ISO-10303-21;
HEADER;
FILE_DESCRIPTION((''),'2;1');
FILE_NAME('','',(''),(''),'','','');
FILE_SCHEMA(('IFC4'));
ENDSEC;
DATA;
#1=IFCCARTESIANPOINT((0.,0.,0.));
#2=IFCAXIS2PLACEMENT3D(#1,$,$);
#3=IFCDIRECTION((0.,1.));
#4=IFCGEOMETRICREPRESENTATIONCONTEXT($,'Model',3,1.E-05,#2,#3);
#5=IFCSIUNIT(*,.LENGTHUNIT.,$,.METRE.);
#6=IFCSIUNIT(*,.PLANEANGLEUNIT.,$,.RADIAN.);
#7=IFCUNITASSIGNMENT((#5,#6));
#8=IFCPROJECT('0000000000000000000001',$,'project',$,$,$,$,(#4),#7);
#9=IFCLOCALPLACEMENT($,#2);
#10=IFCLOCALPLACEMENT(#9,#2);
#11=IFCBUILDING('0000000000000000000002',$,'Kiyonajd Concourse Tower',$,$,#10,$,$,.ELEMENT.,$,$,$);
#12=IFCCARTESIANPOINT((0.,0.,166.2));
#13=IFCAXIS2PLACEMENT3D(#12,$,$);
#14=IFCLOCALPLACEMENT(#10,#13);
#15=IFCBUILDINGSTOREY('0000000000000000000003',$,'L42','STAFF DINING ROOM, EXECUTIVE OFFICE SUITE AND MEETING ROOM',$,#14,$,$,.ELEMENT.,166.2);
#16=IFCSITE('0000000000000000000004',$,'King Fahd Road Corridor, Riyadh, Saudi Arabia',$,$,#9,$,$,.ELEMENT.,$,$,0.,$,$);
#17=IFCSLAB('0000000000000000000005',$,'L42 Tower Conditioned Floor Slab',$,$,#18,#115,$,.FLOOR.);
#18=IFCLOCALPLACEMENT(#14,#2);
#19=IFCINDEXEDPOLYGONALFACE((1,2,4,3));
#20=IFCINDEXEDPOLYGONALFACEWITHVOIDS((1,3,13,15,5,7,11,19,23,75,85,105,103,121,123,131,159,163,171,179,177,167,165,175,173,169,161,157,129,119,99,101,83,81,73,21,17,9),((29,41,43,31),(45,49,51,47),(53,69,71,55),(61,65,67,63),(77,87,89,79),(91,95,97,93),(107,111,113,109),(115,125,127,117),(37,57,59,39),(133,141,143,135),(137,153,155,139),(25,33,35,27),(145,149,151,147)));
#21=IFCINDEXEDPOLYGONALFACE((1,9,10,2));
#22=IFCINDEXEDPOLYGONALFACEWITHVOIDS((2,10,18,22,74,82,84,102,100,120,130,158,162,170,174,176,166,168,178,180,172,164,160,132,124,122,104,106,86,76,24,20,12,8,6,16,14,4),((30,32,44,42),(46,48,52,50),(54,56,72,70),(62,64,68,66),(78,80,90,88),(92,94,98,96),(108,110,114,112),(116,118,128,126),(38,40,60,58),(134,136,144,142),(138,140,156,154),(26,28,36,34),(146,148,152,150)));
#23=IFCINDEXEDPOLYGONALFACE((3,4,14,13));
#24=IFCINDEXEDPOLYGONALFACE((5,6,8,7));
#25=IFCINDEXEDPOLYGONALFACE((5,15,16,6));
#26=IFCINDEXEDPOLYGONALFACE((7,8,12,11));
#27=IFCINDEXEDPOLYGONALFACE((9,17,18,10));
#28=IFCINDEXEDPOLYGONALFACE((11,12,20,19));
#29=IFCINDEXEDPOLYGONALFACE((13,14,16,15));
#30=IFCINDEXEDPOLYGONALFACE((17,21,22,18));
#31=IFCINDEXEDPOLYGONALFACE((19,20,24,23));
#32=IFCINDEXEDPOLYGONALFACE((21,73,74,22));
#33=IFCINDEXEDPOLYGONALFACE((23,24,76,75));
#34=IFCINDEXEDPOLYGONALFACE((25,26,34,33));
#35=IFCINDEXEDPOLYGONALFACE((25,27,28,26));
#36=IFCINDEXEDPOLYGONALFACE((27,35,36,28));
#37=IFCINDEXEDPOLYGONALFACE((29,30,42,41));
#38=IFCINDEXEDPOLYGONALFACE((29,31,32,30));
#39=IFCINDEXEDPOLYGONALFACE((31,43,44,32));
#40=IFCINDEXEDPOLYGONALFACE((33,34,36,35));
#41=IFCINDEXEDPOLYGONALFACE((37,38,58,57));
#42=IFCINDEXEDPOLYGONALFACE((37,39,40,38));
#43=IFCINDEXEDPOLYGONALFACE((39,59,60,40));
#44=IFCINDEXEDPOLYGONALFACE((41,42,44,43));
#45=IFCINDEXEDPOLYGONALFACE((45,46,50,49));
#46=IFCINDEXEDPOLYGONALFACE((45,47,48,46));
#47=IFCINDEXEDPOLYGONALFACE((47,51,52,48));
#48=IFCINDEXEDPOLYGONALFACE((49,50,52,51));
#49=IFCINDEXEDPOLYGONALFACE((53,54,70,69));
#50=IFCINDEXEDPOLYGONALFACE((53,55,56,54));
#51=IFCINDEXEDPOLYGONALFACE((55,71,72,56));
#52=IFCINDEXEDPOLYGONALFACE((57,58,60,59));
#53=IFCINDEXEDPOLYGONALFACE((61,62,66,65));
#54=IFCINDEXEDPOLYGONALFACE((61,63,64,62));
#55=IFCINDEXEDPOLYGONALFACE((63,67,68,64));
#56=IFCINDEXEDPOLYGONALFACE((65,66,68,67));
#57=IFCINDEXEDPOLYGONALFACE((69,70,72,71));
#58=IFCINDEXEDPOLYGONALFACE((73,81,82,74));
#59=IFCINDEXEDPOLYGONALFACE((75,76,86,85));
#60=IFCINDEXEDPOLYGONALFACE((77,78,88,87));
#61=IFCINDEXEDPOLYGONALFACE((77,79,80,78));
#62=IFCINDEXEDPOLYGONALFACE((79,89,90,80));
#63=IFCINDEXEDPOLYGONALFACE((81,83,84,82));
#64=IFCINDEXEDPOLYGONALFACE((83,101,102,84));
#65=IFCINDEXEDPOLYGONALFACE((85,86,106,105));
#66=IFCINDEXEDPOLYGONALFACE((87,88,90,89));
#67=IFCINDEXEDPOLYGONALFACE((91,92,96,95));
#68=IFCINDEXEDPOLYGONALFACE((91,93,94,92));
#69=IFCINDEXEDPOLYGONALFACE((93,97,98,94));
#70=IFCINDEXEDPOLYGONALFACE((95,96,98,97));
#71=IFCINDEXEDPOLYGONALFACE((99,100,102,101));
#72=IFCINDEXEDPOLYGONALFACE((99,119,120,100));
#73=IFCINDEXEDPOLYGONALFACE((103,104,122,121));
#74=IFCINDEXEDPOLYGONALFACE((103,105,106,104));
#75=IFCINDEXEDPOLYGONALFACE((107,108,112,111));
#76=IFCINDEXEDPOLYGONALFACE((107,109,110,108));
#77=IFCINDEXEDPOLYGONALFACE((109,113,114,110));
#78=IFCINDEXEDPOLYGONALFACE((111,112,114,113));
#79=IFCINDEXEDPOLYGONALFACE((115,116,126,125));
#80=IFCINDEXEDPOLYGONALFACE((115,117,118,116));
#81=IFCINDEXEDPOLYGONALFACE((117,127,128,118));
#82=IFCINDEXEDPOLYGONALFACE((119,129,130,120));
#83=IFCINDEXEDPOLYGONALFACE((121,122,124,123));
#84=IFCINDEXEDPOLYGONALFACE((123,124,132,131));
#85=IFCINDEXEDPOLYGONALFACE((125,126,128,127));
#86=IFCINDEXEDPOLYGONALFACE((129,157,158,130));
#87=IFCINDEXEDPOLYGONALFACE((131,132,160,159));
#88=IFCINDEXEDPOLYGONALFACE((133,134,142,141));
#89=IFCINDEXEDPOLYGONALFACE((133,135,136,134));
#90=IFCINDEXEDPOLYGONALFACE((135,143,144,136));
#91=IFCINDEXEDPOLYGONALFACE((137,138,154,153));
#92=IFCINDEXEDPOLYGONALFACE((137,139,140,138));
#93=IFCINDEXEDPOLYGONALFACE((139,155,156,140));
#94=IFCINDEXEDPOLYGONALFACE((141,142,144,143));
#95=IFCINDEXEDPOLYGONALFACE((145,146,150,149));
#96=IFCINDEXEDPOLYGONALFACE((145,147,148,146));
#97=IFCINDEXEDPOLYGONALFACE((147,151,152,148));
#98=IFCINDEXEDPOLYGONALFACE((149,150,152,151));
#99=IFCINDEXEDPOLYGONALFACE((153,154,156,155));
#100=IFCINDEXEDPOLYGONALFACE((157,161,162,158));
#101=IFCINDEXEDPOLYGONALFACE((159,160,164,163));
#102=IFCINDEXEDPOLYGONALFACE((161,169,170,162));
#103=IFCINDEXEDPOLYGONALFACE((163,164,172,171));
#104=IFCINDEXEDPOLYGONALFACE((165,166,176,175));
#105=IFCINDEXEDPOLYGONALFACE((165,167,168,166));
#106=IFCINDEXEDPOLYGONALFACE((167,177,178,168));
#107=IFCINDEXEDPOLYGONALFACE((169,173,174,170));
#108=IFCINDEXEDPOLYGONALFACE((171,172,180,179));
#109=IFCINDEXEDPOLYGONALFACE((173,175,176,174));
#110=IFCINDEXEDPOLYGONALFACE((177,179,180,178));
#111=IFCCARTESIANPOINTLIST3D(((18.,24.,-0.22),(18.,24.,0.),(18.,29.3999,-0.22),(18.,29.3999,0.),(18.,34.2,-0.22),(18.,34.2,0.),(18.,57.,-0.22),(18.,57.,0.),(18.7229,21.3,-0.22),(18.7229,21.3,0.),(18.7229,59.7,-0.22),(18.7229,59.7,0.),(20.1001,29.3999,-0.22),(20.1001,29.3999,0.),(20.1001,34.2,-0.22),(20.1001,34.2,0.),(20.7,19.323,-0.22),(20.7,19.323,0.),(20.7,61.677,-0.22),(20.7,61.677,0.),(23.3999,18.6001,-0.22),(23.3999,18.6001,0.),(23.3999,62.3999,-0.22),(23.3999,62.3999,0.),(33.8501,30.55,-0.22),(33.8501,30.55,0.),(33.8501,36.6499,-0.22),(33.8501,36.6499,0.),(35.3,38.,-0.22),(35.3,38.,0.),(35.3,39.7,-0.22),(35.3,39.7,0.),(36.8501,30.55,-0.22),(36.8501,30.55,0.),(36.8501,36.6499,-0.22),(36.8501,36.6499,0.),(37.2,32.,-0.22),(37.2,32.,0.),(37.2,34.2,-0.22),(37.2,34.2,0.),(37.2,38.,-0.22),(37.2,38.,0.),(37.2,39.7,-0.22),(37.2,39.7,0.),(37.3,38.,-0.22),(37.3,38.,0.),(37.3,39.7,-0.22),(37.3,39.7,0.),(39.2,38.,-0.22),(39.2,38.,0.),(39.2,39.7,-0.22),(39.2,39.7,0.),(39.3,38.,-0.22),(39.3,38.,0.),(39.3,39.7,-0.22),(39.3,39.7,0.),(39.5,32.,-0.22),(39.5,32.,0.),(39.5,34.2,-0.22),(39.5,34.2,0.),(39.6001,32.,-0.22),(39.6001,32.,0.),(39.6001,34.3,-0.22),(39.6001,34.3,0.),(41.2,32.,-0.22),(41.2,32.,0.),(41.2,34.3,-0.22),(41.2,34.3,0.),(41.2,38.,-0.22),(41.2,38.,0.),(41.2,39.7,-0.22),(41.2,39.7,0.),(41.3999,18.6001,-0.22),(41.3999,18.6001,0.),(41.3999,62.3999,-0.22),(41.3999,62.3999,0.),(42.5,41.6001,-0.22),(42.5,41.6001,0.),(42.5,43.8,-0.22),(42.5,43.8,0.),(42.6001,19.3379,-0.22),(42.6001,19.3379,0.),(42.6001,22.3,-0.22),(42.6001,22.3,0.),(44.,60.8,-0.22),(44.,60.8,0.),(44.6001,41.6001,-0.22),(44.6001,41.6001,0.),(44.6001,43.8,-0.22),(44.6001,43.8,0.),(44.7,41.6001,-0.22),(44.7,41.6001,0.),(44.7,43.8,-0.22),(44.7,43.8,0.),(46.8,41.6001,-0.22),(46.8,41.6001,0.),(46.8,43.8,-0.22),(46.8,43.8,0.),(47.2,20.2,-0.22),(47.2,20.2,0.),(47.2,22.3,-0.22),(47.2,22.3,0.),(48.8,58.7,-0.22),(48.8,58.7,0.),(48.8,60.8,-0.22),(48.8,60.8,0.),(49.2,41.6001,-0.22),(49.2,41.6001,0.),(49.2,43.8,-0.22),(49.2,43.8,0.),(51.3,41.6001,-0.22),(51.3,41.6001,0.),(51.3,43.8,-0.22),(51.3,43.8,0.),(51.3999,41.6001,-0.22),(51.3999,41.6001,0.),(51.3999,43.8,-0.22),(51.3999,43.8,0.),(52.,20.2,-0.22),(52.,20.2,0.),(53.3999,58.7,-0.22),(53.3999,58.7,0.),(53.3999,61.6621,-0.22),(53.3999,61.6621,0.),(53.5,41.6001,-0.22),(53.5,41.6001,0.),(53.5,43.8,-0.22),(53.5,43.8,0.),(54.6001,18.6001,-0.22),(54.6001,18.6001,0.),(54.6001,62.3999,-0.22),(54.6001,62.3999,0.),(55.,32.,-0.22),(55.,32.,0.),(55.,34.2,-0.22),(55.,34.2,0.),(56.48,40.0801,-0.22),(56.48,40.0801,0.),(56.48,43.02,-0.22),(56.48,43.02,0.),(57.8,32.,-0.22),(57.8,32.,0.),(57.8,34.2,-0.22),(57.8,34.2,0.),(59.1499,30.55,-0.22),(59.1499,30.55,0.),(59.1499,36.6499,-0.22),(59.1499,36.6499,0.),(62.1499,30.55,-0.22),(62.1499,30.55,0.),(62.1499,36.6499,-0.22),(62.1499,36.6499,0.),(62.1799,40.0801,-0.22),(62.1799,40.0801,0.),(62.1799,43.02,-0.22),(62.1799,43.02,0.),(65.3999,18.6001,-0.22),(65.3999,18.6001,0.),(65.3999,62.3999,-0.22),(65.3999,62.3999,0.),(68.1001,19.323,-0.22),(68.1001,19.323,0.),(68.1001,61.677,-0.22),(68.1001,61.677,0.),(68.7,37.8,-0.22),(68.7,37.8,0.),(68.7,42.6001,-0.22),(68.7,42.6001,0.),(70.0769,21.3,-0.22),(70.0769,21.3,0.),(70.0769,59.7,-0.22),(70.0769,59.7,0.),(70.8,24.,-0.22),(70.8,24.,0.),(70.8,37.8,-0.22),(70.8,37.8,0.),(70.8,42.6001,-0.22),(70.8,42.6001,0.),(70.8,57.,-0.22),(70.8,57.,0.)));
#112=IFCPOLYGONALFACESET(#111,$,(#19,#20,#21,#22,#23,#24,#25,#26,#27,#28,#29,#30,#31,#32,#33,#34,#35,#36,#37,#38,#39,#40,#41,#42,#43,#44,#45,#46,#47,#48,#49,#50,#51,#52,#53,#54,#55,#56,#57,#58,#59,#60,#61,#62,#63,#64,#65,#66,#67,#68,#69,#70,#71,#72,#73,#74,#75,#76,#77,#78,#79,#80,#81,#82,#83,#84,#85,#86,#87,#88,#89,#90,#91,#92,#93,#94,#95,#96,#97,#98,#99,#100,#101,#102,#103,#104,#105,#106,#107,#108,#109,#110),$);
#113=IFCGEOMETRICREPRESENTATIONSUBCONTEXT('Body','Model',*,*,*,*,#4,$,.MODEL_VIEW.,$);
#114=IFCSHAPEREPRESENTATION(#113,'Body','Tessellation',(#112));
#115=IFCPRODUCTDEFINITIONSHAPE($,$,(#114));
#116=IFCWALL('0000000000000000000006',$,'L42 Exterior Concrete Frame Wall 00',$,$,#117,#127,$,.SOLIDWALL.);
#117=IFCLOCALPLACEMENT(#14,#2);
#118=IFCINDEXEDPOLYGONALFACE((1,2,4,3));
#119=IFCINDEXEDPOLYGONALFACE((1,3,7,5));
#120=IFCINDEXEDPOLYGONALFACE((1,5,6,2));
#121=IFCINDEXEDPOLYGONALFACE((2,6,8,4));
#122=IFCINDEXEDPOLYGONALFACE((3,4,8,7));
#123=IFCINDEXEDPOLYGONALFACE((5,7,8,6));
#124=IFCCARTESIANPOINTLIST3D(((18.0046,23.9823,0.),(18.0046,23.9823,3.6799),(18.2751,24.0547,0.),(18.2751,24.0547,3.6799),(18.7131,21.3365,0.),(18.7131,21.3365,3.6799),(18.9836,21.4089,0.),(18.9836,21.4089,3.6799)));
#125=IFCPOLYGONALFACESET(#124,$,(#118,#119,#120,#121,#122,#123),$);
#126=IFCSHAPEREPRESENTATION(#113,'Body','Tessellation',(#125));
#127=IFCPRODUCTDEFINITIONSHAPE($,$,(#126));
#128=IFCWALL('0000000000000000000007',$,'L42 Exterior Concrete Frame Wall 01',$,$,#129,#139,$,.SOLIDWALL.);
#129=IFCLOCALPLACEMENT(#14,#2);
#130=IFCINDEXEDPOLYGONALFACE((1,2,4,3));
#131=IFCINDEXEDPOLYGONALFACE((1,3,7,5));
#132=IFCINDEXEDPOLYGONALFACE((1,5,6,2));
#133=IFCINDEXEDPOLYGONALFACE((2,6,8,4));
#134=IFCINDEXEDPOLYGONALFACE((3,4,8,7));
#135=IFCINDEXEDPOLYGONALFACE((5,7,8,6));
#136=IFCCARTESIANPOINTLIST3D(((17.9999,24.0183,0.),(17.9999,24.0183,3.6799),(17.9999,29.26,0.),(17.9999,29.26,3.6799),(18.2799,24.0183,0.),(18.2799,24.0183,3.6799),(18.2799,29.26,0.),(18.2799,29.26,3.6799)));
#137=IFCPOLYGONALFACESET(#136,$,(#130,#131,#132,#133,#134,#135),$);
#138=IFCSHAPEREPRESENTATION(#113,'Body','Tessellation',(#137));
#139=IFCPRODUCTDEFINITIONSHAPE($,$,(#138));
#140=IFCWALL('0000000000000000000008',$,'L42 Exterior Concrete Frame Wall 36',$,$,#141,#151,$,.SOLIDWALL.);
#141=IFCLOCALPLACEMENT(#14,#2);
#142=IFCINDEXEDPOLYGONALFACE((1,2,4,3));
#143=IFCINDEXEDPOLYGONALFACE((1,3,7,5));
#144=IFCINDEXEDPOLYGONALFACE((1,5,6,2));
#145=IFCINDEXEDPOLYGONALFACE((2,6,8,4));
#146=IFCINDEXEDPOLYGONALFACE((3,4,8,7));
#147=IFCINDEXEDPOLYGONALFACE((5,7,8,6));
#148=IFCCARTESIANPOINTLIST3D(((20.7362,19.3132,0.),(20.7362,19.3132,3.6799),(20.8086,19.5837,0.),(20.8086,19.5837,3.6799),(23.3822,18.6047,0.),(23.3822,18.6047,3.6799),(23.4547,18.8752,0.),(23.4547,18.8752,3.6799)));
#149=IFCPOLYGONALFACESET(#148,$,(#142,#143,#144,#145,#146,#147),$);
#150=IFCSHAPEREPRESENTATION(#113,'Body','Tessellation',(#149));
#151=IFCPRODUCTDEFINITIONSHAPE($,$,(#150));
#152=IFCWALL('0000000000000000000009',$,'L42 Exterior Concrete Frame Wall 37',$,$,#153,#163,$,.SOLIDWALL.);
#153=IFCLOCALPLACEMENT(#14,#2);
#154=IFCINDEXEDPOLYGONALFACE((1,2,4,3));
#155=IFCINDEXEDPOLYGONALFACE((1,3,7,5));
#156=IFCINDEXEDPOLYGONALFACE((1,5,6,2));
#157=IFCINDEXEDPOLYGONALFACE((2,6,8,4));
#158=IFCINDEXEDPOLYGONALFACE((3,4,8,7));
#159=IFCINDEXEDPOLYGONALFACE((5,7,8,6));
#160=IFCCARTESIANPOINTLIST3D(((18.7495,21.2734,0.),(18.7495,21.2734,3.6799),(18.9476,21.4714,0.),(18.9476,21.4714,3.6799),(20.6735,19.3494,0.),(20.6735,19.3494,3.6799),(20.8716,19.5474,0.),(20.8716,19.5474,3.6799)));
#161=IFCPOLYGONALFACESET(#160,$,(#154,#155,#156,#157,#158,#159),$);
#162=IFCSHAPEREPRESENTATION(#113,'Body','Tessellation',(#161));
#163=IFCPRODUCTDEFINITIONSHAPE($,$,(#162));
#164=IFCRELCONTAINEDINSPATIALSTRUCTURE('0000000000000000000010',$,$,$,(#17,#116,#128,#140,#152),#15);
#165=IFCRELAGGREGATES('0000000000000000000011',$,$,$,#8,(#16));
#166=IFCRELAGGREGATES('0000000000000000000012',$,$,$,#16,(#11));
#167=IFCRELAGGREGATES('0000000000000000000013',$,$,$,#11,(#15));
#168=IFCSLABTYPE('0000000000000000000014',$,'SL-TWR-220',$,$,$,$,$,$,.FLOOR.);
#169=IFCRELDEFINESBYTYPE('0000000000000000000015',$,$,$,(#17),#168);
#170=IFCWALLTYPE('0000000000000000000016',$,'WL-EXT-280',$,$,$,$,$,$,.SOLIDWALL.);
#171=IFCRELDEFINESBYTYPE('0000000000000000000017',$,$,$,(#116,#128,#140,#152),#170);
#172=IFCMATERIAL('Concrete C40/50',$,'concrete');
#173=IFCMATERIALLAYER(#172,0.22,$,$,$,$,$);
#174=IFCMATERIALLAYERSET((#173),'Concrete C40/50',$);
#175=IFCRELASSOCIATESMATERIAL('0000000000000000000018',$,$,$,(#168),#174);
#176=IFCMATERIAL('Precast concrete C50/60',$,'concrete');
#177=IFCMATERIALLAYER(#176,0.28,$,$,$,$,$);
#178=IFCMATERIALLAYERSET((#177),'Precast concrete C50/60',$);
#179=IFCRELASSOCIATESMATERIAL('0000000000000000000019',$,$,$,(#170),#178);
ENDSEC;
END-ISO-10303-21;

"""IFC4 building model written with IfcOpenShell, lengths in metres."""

from ifc_helpers import new_model, si_unit, direction, frame, frame_2d, origin, place, context, subcontext, project, spatial, polyline, rectangle, outline, extrude, material, layer, layer_set, type_object, element, save


model = new_model("IFC4")

# Units and contexts
model_context = context("Model", 3, precision=1e-05, world=origin(), true_north=direction((0.0, 1.0)))
body_context = subcontext(model_context, "Body", "Model", "MODEL_VIEW")
ifc_project = project(units=[si_unit("LENGTHUNIT", "METRE"), si_unit("PLANEANGLEUNIT", "RADIAN")], contexts=[model_context])

# Site, building, storey
site_placement = place(None, origin())
site = spatial("IfcSite", under=ifc_project, at=site_placement, Name="King Fahd Road Corridor, Riyadh, Saudi Arabia", CompositionType="ELEMENT", RefElevation=0.0)
building_placement = place(site_placement, origin())
building = spatial("IfcBuilding", under=site, at=building_placement, Name="Kiyonajd Concourse Tower", CompositionType="ELEMENT")
storey_placement = place(building_placement, frame((0.0, 0.0, 166.2)))
storey = spatial("IfcBuildingStorey", under=building, at=storey_placement, Name="L42", Description="STAFF DINING ROOM, EXECUTIVE OFFICE SUITE AND MEETING ROOM", CompositionType="ELEMENT", Elevation=166.2)

# Shared definitions
ifc_material_1 = material(Name="Concrete C40/50", Category="concrete")

# Slab
ifc_material_2 = material(Name="Precast concrete C50/60", Category="concrete")
ifc_layer_1 = layer(ifc_material_1, 0.22)
ifc_layer_set_1 = layer_set([ifc_layer_1], Name="Concrete C40/50")
slab_type_1 = type_object("IfcSlabType", Name="SL-TWR-220", PredefinedType="FLOOR", material=ifc_layer_set_1)
slab_1_placement = place(storey_placement, frame((0.0, 0.0, -0.22)))
element("IfcSlab", 1, at=slab_1_placement, inside=storey, type_object=slab_type_1, Name="L42 Tower Conditioned Floor Slab", PredefinedType="FLOOR", context=body_context, shape_type="SweptSolid", body=[
    extrude(outline(polyline([(18.7229, 21.3), (18.0, 24.0), (18.0, 29.3999), (20.1001, 29.3999), (20.1001, 34.2), (18.0, 34.2), (18.0, 57.0), (18.7229, 59.7), (20.7, 61.677), (23.3999, 62.3999), (41.3999, 62.3999), (44.0, 60.8), (48.8, 60.8), (48.8, 58.7), (53.3999, 58.7), (53.3999, 61.6621), (54.6001, 62.3999), (65.3999, 62.3999), (68.1001, 61.677), (70.0769, 59.7), (70.8, 57.0), (70.8, 42.6001), (68.7, 42.6001), (68.7, 37.8), (70.8, 37.8), (70.8, 24.0), (70.0769, 21.3), (68.1001, 19.323), (65.3999, 18.6001), (54.6001, 18.6001), (52.0, 20.2), (47.2, 20.2), (47.2, 22.3), (42.6001, 22.3), (42.6001, 19.3379), (41.3999, 18.6001), (23.3999, 18.6001), (20.7, 19.323), (18.7229, 21.3)]), holes=[polyline([(39.5, 32.0), (37.2, 32.0), (37.2, 34.2), (39.5, 34.2), (39.5, 32.0)]), polyline([(39.6001, 32.0), (39.6001, 34.3), (41.2, 34.3), (41.2, 32.0), (39.6001, 32.0)]), polyline([(33.8501, 30.55), (33.8501, 36.6499), (36.8501, 36.6499), (36.8501, 30.55), (33.8501, 30.55)]), polyline([(37.2, 38.0), (35.3, 38.0), (35.3, 39.7), (37.2, 39.7), (37.2, 38.0)]), polyline([(37.3, 38.0), (37.3, 39.7), (39.2, 39.7), (39.2, 38.0), (37.3, 38.0)]), polyline([(39.3, 38.0), (39.3, 39.7), (41.2, 39.7), (41.2, 38.0), (39.3, 38.0)]), polyline([(44.6001, 41.6001), (42.5, 41.6001), (42.5, 43.8), (44.6001, 43.8), (44.6001, 41.6001)]), polyline([(55.0, 32.0), (55.0, 34.2), (57.8, 34.2), (57.8, 32.0), (55.0, 32.0)]), polyline([(59.1499, 30.55), (59.1499, 36.6499), (62.1499, 36.6499), (62.1499, 30.55), (59.1499, 30.55)]), polyline([(56.48, 43.02), (62.1799, 43.02), (62.1799, 40.0801), (56.48, 40.0801), (56.48, 43.02)]), polyline([(44.7, 41.6001), (44.7, 43.8), (46.8, 43.8), (46.8, 41.6001), (44.7, 41.6001)]), polyline([(49.2, 41.6001), (49.2, 43.8), (51.3, 43.8), (51.3, 41.6001), (49.2, 41.6001)]), polyline([(51.3999, 41.6001), (51.3999, 43.8), (53.5, 43.8), (53.5, 41.6001), (51.3999, 41.6001)])]), origin(), (0.0, 0.0, 1.0), 0.22),
])

# Walls
ifc_layer_2 = layer(ifc_material_2, 0.28)
ifc_layer_set_2 = layer_set([ifc_layer_2], Name="Precast concrete C50/60")
wall_type_1 = type_object("IfcWallType", Name="WL-EXT-280", PredefinedType="SOLIDWALL", material=ifc_layer_set_2)
wall_1_placement = place(storey_placement, frame((18.8484, 21.3726, 0.0), z_axis=(0.0, 0.0, 1.0), x_axis=(-0.258672, 0.965965, 0.0)))
element("IfcWall", 2, at=wall_1_placement, inside=storey, type_object=wall_type_1, Name="L42 Exterior Concrete Frame Wall 00", PredefinedType="SOLIDWALL", context=body_context, shape_type="SweptSolid", body=[
    extrude(rectangle(XDim=2.739, YDim=0.28, at=frame_2d((1.3696, 0.0))), origin(), (0.0, 0.0, 1.0), 3.6799),
])
wall_2_placement = place(storey_placement, frame((18.1399, 24.0183, 0.0), z_axis=(0.0, 0.0, 1.0), x_axis=(0.0, 1.0, 0.0)))
element("IfcWall", 3, at=wall_2_placement, inside=storey, type_object=wall_type_1, Name="L42 Exterior Concrete Frame Wall 01", PredefinedType="SOLIDWALL", context=body_context, shape_type="SweptSolid", body=[
    extrude(rectangle(XDim=5.2417, YDim=0.28, at=frame_2d((2.6208, 0.0))), origin(), (0.0, 0.0, 1.0), 3.6799),
])
wall_3_placement = place(storey_placement, frame((23.4185, 18.74, 0.0), z_axis=(0.0, 0.0, 1.0), x_axis=(-0.965971, 0.25865, 0.0)))
element("IfcWall", 4, at=wall_3_placement, inside=storey, type_object=wall_type_1, Name="L42 Exterior Concrete Frame Wall 36", PredefinedType="SOLIDWALL", context=body_context, shape_type="SweptSolid", body=[
    extrude(rectangle(XDim=2.7393, YDim=0.28, at=frame_2d((1.3696, 0.0))), origin(), (0.0, 0.0, 1.0), 3.6799),
])
wall_4_placement = place(storey_placement, frame((20.7725, 19.4485, 0.0), z_axis=(0.0, 0.0, 1.0), x_axis=(-0.707107, 0.707107, 0.0)))
element("IfcWall", 5, at=wall_4_placement, inside=storey, type_object=wall_type_1, Name="L42 Exterior Concrete Frame Wall 37", PredefinedType="SOLIDWALL", context=body_context, shape_type="SweptSolid", body=[
    extrude(rectangle(XDim=2.7209, YDim=0.28, at=frame_2d((1.3604, 0.0))), origin(), (0.0, 0.0, 1.0), 3.6799),
])

save(model, "model.ifc")
